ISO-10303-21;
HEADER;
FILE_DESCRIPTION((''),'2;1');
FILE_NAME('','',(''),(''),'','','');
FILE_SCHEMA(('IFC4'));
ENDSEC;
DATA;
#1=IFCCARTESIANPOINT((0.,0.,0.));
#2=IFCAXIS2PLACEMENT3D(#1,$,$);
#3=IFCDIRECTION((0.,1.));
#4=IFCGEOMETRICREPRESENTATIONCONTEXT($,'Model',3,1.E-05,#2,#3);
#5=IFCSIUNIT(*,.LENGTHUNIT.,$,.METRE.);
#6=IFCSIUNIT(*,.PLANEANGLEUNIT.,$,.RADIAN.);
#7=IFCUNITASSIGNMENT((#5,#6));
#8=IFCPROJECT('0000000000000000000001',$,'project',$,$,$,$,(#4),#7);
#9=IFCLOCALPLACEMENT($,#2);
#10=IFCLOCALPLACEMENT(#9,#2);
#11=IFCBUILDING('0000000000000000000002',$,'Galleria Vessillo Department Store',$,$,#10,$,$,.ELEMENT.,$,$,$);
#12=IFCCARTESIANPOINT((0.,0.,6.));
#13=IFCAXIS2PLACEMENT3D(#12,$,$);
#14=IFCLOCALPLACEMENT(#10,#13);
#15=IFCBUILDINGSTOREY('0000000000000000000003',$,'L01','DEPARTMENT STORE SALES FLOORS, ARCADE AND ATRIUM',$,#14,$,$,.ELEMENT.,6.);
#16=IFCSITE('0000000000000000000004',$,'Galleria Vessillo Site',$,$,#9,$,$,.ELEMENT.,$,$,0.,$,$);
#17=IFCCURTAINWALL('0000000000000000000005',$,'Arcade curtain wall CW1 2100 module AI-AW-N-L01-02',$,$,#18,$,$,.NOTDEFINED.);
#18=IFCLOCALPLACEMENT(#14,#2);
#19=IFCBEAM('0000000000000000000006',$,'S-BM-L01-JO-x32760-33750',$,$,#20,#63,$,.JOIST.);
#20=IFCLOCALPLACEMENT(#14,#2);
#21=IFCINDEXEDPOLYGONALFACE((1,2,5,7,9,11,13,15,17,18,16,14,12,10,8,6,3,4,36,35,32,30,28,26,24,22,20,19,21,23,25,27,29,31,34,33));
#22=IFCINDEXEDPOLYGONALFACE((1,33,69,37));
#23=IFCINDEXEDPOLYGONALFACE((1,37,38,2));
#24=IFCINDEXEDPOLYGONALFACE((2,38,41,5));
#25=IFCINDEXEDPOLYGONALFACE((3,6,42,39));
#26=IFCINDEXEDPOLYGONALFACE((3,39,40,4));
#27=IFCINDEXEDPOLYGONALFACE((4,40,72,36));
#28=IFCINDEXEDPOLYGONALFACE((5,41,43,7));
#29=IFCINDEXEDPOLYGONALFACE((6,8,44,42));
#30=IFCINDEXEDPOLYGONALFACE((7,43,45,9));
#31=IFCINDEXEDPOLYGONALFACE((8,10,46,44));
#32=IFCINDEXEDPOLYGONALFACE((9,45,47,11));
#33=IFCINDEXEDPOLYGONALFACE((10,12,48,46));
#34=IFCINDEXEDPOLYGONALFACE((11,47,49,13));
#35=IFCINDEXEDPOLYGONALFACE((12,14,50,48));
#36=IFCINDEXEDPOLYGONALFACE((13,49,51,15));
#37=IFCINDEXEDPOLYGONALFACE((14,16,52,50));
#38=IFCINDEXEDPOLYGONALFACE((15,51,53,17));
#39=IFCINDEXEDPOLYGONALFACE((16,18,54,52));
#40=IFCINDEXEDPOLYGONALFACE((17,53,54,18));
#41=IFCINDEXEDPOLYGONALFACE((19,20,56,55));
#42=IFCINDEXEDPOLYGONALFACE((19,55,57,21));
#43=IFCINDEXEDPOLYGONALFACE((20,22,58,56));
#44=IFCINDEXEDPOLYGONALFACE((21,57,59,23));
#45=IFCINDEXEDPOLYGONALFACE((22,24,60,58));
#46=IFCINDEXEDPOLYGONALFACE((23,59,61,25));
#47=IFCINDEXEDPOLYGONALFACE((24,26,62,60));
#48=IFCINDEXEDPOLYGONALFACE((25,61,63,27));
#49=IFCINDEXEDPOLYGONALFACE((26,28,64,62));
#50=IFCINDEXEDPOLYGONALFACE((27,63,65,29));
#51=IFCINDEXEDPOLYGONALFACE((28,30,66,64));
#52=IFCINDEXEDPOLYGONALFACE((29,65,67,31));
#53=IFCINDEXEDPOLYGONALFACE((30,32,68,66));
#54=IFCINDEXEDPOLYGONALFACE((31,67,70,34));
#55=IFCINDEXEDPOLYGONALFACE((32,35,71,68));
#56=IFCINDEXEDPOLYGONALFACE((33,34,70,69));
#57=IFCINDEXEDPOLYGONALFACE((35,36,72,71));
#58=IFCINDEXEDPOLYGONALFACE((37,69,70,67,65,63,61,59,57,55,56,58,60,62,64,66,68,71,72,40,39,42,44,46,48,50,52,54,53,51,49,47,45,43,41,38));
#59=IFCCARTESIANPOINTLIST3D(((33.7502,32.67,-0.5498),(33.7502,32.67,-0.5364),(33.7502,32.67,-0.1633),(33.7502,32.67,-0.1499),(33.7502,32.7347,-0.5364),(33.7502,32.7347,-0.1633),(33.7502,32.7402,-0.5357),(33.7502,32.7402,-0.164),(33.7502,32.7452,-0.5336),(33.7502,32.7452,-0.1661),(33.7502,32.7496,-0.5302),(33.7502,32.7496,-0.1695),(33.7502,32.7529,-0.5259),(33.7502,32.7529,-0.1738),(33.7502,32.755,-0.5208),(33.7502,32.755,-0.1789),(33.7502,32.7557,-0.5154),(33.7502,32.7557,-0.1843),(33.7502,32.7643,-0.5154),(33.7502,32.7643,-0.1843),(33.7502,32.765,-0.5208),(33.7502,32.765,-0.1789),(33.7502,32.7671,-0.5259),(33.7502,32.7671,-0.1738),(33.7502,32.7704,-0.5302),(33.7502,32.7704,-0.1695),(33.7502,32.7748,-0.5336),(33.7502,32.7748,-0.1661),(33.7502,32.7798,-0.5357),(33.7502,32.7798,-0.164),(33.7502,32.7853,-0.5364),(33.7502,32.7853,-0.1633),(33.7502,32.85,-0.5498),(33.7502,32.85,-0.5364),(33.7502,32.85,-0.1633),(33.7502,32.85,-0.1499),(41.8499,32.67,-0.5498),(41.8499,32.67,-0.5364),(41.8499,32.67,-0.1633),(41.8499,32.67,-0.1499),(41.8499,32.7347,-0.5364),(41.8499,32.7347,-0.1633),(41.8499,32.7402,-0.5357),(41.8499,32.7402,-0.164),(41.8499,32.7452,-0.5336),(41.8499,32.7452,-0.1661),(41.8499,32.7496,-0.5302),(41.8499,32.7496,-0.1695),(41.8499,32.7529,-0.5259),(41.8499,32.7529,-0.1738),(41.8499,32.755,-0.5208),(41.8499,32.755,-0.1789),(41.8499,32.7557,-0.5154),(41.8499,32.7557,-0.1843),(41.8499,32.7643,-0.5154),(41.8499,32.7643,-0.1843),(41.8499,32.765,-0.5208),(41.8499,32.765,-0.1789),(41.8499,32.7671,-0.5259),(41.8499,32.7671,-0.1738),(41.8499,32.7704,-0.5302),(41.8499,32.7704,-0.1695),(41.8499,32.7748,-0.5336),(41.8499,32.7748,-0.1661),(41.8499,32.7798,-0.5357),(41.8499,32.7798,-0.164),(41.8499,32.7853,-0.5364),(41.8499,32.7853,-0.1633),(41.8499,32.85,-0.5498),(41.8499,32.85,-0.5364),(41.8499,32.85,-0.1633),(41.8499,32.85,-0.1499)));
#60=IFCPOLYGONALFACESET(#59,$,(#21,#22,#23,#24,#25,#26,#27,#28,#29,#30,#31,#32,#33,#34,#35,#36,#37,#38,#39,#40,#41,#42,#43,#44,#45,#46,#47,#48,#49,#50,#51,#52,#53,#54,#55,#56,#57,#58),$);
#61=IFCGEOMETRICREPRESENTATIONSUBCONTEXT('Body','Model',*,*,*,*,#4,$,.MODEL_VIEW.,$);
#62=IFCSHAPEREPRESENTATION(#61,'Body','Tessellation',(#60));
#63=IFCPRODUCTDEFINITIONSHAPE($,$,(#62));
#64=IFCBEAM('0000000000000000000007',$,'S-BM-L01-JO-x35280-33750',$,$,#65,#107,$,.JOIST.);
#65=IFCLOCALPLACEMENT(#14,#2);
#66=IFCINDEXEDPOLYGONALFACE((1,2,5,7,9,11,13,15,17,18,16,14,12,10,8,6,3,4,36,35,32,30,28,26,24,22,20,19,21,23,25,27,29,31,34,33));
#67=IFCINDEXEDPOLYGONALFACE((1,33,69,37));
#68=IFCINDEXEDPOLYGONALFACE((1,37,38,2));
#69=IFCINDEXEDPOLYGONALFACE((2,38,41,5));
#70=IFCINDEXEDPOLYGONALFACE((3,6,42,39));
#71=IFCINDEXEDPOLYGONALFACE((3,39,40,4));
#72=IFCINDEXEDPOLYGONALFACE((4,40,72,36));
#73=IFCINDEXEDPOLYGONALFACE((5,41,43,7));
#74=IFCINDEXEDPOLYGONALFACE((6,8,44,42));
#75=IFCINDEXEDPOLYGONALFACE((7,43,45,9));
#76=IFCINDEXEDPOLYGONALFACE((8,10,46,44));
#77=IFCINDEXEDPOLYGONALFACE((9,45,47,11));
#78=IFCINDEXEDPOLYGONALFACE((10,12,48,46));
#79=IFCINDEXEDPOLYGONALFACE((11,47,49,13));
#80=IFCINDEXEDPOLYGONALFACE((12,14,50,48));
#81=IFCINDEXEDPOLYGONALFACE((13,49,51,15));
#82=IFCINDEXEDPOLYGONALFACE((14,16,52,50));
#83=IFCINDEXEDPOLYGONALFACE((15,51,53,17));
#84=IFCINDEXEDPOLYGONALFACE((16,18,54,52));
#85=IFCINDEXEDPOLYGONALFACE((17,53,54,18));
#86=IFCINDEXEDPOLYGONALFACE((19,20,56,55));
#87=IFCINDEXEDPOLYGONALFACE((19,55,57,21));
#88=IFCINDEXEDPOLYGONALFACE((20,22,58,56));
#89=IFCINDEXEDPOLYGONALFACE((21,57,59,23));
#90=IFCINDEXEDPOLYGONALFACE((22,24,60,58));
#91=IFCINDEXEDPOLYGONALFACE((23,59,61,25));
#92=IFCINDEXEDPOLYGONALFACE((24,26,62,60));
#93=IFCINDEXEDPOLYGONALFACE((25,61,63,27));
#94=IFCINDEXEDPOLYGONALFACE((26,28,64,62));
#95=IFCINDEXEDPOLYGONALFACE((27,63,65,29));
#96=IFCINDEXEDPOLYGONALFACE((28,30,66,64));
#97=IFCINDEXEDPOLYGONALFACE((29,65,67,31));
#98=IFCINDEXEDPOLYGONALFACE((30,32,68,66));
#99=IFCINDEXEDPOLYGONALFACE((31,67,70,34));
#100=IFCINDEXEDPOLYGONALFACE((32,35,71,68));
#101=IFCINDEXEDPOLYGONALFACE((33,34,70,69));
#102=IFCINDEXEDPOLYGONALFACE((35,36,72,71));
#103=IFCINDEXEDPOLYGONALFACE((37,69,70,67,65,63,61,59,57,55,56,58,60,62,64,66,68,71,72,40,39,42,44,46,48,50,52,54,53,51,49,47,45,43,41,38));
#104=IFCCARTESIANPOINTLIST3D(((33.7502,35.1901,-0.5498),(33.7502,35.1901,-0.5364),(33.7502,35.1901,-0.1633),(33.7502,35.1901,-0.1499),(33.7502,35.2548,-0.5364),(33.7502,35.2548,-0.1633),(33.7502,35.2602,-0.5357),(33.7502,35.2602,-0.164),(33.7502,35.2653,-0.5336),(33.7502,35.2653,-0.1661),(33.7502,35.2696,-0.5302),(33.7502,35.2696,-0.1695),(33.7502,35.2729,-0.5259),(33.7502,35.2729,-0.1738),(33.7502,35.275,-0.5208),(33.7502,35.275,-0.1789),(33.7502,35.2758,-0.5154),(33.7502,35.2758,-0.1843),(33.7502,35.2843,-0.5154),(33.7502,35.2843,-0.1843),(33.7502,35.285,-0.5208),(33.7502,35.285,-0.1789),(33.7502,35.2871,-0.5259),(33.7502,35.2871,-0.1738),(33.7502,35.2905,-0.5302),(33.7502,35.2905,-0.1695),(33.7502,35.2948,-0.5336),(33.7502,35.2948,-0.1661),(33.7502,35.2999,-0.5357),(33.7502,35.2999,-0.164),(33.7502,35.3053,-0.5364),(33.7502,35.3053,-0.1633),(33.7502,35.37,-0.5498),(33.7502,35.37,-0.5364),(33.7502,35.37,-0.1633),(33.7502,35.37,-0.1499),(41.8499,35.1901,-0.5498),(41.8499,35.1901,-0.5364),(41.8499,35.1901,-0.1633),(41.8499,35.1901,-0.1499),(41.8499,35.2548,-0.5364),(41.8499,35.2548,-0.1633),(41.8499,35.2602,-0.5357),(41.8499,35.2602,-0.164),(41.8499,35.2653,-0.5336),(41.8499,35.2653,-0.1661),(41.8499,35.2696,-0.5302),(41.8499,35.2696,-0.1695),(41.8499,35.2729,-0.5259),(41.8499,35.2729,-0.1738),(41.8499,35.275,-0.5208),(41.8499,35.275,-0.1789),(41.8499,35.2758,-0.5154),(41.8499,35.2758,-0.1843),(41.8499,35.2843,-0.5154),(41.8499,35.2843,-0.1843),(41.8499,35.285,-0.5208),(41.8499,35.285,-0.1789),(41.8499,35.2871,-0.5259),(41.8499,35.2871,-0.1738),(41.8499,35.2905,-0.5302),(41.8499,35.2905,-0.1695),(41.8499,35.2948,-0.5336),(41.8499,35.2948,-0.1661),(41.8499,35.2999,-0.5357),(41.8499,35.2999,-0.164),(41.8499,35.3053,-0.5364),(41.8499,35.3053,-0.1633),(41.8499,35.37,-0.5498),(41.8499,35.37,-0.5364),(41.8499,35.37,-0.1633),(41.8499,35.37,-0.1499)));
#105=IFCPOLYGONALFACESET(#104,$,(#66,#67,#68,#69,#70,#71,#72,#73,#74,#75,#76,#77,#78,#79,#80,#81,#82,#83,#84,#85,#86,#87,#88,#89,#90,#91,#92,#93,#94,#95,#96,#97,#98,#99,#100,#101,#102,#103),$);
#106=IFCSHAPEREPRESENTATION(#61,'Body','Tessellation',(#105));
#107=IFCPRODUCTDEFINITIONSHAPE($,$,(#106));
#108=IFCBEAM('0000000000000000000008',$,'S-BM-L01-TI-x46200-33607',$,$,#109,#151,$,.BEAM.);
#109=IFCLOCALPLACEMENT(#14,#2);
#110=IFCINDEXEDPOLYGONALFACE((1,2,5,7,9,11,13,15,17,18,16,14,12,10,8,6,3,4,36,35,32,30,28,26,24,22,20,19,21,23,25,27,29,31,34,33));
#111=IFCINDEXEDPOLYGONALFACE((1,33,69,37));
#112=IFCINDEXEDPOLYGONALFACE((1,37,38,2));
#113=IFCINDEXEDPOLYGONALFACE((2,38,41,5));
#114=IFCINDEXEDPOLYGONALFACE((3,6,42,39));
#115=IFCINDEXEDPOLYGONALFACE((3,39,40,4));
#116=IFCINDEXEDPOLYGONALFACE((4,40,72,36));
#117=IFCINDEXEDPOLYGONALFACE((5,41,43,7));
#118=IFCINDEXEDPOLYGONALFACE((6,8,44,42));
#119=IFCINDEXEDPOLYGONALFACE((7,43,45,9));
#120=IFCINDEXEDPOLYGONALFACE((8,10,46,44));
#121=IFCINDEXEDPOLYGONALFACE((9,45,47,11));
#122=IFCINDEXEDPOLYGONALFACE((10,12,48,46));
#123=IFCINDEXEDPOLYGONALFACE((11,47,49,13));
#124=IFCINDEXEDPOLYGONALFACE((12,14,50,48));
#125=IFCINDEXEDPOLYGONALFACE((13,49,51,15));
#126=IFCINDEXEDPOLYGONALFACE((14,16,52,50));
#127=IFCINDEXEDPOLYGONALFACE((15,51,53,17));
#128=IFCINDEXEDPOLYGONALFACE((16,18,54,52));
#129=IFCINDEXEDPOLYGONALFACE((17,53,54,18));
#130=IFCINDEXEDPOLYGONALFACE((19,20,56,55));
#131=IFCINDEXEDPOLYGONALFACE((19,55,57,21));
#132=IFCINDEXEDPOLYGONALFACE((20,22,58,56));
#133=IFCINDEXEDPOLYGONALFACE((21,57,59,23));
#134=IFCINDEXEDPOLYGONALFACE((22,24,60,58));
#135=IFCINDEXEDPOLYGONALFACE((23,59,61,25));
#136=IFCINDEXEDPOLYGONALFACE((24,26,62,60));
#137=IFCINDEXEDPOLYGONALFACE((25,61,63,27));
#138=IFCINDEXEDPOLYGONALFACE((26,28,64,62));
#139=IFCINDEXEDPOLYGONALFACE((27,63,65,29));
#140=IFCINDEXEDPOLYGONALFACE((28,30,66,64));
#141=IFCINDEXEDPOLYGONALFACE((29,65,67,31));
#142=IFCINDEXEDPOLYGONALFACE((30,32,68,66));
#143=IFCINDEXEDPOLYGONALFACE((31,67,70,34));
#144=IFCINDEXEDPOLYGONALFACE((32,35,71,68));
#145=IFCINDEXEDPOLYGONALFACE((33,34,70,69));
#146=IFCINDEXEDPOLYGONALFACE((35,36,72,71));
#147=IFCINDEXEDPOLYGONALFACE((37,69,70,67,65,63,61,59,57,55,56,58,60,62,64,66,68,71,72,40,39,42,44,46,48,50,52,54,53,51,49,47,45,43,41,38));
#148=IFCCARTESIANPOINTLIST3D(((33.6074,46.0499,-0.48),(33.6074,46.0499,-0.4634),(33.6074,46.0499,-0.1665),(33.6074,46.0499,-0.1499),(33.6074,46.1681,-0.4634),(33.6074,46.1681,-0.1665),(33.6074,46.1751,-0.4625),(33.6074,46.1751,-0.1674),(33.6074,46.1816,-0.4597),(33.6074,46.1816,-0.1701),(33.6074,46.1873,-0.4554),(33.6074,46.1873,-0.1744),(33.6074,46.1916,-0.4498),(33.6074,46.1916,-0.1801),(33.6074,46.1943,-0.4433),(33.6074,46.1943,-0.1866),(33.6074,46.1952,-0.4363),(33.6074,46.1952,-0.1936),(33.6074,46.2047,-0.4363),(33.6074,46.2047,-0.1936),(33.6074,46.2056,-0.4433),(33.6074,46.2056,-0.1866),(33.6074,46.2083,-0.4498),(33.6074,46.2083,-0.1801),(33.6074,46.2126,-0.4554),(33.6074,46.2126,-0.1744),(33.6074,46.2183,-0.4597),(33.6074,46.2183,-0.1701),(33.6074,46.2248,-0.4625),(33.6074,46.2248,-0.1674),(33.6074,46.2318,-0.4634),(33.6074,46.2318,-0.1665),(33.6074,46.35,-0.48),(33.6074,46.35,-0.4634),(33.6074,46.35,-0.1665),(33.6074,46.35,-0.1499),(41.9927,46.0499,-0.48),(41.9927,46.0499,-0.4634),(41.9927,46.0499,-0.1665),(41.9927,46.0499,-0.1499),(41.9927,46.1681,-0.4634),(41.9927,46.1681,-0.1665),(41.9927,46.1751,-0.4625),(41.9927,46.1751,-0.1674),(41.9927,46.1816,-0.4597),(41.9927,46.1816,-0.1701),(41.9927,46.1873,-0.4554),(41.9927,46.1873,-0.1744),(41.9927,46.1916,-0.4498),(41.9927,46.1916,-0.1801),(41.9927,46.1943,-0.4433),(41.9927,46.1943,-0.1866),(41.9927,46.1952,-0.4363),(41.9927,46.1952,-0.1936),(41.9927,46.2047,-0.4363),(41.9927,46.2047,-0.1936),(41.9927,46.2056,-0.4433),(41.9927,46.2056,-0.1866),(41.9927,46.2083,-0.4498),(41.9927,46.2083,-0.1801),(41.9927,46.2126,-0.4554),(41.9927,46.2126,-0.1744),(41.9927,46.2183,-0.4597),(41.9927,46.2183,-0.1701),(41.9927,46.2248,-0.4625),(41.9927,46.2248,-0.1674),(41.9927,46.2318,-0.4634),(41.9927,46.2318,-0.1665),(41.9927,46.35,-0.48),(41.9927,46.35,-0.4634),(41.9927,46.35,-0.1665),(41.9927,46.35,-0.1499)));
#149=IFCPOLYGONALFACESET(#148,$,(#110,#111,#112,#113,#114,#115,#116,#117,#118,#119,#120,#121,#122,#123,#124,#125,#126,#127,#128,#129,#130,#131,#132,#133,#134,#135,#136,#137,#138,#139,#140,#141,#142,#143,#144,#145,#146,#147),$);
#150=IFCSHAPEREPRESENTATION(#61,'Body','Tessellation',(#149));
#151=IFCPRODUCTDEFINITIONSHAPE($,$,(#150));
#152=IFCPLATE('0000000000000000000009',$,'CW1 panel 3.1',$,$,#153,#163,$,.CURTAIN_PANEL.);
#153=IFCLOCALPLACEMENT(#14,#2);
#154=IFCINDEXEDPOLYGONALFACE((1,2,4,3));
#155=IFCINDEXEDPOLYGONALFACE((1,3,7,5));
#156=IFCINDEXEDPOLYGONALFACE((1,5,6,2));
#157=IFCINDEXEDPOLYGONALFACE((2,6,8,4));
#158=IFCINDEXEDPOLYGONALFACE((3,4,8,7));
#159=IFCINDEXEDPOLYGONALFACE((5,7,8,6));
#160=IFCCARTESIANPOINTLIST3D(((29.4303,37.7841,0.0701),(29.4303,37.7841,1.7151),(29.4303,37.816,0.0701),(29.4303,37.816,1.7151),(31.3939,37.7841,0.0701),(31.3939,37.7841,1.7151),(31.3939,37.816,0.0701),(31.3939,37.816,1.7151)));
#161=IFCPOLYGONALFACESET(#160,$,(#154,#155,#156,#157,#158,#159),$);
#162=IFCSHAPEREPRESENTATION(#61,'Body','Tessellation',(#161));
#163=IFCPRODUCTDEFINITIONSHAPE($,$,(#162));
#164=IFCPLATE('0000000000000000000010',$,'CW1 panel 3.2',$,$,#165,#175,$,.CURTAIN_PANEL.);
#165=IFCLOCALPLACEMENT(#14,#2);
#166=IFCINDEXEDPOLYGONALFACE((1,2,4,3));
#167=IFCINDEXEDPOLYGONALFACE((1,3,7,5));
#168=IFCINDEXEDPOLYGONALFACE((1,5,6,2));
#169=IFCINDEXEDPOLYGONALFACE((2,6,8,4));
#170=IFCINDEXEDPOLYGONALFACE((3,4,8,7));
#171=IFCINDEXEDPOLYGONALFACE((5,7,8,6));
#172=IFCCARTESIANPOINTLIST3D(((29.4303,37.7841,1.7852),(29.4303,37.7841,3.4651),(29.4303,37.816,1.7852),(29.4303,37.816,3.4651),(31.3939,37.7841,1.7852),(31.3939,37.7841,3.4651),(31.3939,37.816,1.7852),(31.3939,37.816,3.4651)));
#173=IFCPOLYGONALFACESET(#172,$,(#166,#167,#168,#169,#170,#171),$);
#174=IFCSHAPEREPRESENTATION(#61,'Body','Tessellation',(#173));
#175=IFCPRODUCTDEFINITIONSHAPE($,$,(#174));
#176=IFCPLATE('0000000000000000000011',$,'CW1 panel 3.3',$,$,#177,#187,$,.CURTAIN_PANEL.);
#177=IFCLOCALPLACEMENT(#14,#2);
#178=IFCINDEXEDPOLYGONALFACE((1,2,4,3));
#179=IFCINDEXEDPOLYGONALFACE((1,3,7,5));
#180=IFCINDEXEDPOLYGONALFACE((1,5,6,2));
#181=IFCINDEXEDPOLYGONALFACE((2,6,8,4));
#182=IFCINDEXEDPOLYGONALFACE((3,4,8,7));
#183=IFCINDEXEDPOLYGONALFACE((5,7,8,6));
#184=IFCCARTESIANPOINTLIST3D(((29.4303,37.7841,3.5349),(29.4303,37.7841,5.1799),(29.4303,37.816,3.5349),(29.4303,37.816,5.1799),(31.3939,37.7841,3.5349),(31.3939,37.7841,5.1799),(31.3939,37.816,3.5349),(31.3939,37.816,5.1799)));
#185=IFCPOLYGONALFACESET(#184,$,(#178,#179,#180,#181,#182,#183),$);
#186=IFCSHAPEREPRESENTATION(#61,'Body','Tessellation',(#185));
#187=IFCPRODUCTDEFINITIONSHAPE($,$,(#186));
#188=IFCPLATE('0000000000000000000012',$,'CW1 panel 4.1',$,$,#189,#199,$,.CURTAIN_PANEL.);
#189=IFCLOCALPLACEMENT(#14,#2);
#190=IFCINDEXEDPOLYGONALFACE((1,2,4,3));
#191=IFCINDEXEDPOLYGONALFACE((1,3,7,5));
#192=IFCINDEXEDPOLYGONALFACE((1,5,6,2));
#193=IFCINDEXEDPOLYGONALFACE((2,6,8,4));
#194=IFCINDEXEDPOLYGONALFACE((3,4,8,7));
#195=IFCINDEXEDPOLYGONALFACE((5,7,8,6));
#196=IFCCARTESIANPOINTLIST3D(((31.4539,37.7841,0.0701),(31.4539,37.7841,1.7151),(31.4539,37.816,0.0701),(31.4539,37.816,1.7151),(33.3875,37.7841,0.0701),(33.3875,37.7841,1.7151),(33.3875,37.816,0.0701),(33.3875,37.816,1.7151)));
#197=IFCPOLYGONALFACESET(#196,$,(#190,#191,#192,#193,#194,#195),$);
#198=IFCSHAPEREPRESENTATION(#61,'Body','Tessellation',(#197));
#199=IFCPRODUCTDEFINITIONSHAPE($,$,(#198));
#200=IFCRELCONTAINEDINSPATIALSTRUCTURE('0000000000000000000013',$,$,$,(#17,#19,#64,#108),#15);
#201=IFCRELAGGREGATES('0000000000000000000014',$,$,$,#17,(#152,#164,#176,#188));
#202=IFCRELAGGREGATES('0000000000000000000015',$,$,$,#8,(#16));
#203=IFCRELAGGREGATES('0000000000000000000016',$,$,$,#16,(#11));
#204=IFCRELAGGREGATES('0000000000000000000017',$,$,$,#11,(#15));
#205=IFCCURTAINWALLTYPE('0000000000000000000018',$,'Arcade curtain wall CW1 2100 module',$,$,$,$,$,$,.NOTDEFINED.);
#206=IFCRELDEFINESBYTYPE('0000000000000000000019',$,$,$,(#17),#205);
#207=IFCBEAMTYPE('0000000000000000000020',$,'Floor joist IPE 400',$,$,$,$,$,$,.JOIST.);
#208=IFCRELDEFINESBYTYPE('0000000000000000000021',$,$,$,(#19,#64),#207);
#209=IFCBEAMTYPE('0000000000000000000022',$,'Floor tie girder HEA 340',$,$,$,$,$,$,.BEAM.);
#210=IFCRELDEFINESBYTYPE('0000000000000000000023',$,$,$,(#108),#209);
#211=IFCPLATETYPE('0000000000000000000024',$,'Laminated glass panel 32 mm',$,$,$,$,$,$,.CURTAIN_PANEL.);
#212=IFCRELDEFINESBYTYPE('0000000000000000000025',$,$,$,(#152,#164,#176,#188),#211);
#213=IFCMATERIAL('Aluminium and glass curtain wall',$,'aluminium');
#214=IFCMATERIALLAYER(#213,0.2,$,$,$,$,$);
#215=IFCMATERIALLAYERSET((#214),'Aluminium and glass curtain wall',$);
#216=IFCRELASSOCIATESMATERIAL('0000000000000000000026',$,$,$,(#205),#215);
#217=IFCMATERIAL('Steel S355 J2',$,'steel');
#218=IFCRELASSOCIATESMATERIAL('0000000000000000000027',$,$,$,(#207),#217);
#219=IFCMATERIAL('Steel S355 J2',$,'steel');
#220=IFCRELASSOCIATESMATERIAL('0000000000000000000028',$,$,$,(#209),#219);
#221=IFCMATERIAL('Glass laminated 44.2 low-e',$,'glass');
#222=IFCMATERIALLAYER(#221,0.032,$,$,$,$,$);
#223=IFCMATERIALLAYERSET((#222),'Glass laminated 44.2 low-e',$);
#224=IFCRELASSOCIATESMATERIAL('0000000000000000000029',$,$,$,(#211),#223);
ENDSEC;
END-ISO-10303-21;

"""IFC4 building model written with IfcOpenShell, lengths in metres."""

from ifc_helpers import new_model, si_unit, direction, frame, origin, origin_2d, place, context, subcontext, project, spatial, rectangle, i_section, extrude, material, layer, layer_set, material_profile, profile_set, type_object, element, aggregate, save


model = new_model("IFC4")

# Units and contexts
model_context = context("Model", 3, precision=1e-05, world=origin(), true_north=direction((0.0, 1.0)))
body_context = subcontext(model_context, "Body", "Model", "MODEL_VIEW")
ifc_project = project(units=[si_unit("LENGTHUNIT", "METRE"), si_unit("PLANEANGLEUNIT", "RADIAN")], contexts=[model_context])

# Site, building, storey
site_placement = place(None, origin())
site = spatial("IfcSite", under=ifc_project, at=site_placement, Name="Galleria Vessillo Site", CompositionType="ELEMENT", RefElevation=0.0)
building_placement = place(site_placement, origin())
building = spatial("IfcBuilding", under=site, at=building_placement, Name="Galleria Vessillo Department Store", CompositionType="ELEMENT")
storey_placement = place(building_placement, frame((0.0, 0.0, 6.0)))
storey = spatial("IfcBuildingStorey", under=building, at=storey_placement, Name="L01", Description="DEPARTMENT STORE SALES FLOORS, ARCADE AND ATRIUM", CompositionType="ELEMENT", Elevation=6.0)

# Curtain wall
ifc_material_1 = material(Name="Aluminium and glass curtain wall", Category="aluminium")
ifc_layer_1 = layer(ifc_material_1, 0.2)
ifc_layer_set_1 = layer_set([ifc_layer_1], Name="Aluminium and glass curtain wall")
curtain_wall_type = type_object("IfcCurtainWallType", Name="Arcade curtain wall CW1 2100 module", PredefinedType="NOTDEFINED", material=ifc_layer_set_1)
curtain_wall_placement = place(storey_placement, origin())
curtain_wall = element("IfcCurtainWall", 1, at=curtain_wall_placement, inside=storey, type_object=curtain_wall_type, Name="Arcade curtain wall CW1 2100 module AI-AW-N-L01-02", PredefinedType="NOTDEFINED")

# Beams
ifc_material_2 = material(Name="Steel S355 J2", Category="steel")
ifc_material_profile_1 = material_profile(ifc_material_2, i_section(OverallWidth=0.1799, OverallDepth=0.3999, WebThickness=0.0085, FlangeThickness=0.0134, FilletRadius=0.021, at=origin_2d()), Name="IPE 400")
ifc_profile_set_1 = profile_set([ifc_material_profile_1], Name="Steel S355 J2")
beam_type_1 = type_object("IfcBeamType", Name="Floor joist IPE 400", PredefinedType="JOIST", material=ifc_profile_set_1)
for number, where, z_axis, x_axis, name in (
    (2, (33.7502, 32.76, -0.3499), (1.0, 0.0, 0.0), (0.0, 1.0, 0.0), "S-BM-L01-JO-x32760-33750"),
    (3, (33.7502, 35.28, -0.3499), (1.0, 0.0, 0.0), (0.0, 1.0, 0.0), "S-BM-L01-JO-x35280-33750"),
):
    element("IfcBeam", number, at=place(storey_placement, frame(where, z_axis=z_axis, x_axis=x_axis)), inside=storey, type_object=beam_type_1, Name=name, PredefinedType="JOIST", context=body_context, shape_type="SweptSolid", body=[
        extrude(i_section(OverallWidth=0.1799, OverallDepth=0.3999, WebThickness=0.0085, FlangeThickness=0.0134, FilletRadius=0.021, at=origin_2d()), origin(), (0.0, 0.0, 1.0), 8.0996),
    ])
ifc_material_3 = material(Name="Steel S355 J2", Category="steel")
ifc_material_profile_2 = material_profile(ifc_material_3, i_section(OverallWidth=0.3, OverallDepth=0.3301, WebThickness=0.0095, FlangeThickness=0.0166, FilletRadius=0.0271, at=origin_2d()), Name="HEA 340")
ifc_profile_set_2 = profile_set([ifc_material_profile_2], Name="Steel S355 J2")
beam_type_2 = type_object("IfcBeamType", Name="Floor tie girder HEA 340", PredefinedType="BEAM", material=ifc_profile_set_2)
beam_1_placement = place(storey_placement, frame((33.6074, 46.2, -0.3149), z_axis=(1.0, 0.0, 0.0), x_axis=(0.0, 1.0, 0.0)))
element("IfcBeam", 4, at=beam_1_placement, inside=storey, type_object=beam_type_2, Name="S-BM-L01-TI-x46200-33607", PredefinedType="BEAM", context=body_context, shape_type="SweptSolid", body=[
    extrude(i_section(OverallWidth=0.3, OverallDepth=0.3301, WebThickness=0.0095, FlangeThickness=0.0166, FilletRadius=0.0271, at=origin_2d()), origin(), (0.0, 0.0, 1.0), 8.3853),
])

# Plates
ifc_material_4 = material(Name="Glass laminated 44.2 low-e", Category="glass")
ifc_layer_2 = layer(ifc_material_4, 0.032)
ifc_layer_set_2 = layer_set([ifc_layer_2], Name="Glass laminated 44.2 low-e")
plate_type = type_object("IfcPlateType", Name="Laminated glass panel 32 mm", PredefinedType="CURTAIN_PANEL", material=ifc_layer_set_2)
plate_1_placement = place(storey_placement, frame((30.4121, 37.8, 0.0701), z_axis=(0.0, 0.0, 1.0), x_axis=(1.0, 0.0, 0.0)))
plate_1 = element("IfcPlate", 5, at=plate_1_placement, type_object=plate_type, Name="CW1 panel 3.1", PredefinedType="CURTAIN_PANEL", context=body_context, shape_type="SweptSolid", body=[
    extrude(rectangle(XDim=1.9636, YDim=0.032, at=origin_2d()), origin(), (0.0, 0.0, 1.0), 1.645),
])
plate_2_placement = place(storey_placement, frame((30.4121, 37.8, 1.7852), z_axis=(0.0, 0.0, 1.0), x_axis=(1.0, 0.0, 0.0)))
plate_2 = element("IfcPlate", 6, at=plate_2_placement, type_object=plate_type, Name="CW1 panel 3.2", PredefinedType="CURTAIN_PANEL", context=body_context, shape_type="SweptSolid", body=[
    extrude(rectangle(XDim=1.9636, YDim=0.032, at=origin_2d()), origin(), (0.0, 0.0, 1.0), 1.6799),
])
plate_3_placement = place(storey_placement, frame((30.4121, 37.8, 3.5349), z_axis=(0.0, 0.0, 1.0), x_axis=(1.0, 0.0, 0.0)))
plate_3 = element("IfcPlate", 7, at=plate_3_placement, type_object=plate_type, Name="CW1 panel 3.3", PredefinedType="CURTAIN_PANEL", context=body_context, shape_type="SweptSolid", body=[
    extrude(rectangle(XDim=1.9636, YDim=0.032, at=origin_2d()), origin(), (0.0, 0.0, 1.0), 1.645),
])
plate_4_placement = place(storey_placement, frame((32.4207, 37.8, 0.0701), z_axis=(0.0, 0.0, 1.0), x_axis=(1.0, 0.0, 0.0)))
plate_4 = element("IfcPlate", 8, at=plate_4_placement, type_object=plate_type, Name="CW1 panel 4.1", PredefinedType="CURTAIN_PANEL", context=body_context, shape_type="SweptSolid", body=[
    extrude(rectangle(XDim=1.9336, YDim=0.032, at=origin_2d()), origin(), (0.0, 0.0, 1.0), 1.645),
])
aggregate(curtain_wall, [plate_1, plate_2, plate_3, plate_4])

save(model, "model.ifc")
